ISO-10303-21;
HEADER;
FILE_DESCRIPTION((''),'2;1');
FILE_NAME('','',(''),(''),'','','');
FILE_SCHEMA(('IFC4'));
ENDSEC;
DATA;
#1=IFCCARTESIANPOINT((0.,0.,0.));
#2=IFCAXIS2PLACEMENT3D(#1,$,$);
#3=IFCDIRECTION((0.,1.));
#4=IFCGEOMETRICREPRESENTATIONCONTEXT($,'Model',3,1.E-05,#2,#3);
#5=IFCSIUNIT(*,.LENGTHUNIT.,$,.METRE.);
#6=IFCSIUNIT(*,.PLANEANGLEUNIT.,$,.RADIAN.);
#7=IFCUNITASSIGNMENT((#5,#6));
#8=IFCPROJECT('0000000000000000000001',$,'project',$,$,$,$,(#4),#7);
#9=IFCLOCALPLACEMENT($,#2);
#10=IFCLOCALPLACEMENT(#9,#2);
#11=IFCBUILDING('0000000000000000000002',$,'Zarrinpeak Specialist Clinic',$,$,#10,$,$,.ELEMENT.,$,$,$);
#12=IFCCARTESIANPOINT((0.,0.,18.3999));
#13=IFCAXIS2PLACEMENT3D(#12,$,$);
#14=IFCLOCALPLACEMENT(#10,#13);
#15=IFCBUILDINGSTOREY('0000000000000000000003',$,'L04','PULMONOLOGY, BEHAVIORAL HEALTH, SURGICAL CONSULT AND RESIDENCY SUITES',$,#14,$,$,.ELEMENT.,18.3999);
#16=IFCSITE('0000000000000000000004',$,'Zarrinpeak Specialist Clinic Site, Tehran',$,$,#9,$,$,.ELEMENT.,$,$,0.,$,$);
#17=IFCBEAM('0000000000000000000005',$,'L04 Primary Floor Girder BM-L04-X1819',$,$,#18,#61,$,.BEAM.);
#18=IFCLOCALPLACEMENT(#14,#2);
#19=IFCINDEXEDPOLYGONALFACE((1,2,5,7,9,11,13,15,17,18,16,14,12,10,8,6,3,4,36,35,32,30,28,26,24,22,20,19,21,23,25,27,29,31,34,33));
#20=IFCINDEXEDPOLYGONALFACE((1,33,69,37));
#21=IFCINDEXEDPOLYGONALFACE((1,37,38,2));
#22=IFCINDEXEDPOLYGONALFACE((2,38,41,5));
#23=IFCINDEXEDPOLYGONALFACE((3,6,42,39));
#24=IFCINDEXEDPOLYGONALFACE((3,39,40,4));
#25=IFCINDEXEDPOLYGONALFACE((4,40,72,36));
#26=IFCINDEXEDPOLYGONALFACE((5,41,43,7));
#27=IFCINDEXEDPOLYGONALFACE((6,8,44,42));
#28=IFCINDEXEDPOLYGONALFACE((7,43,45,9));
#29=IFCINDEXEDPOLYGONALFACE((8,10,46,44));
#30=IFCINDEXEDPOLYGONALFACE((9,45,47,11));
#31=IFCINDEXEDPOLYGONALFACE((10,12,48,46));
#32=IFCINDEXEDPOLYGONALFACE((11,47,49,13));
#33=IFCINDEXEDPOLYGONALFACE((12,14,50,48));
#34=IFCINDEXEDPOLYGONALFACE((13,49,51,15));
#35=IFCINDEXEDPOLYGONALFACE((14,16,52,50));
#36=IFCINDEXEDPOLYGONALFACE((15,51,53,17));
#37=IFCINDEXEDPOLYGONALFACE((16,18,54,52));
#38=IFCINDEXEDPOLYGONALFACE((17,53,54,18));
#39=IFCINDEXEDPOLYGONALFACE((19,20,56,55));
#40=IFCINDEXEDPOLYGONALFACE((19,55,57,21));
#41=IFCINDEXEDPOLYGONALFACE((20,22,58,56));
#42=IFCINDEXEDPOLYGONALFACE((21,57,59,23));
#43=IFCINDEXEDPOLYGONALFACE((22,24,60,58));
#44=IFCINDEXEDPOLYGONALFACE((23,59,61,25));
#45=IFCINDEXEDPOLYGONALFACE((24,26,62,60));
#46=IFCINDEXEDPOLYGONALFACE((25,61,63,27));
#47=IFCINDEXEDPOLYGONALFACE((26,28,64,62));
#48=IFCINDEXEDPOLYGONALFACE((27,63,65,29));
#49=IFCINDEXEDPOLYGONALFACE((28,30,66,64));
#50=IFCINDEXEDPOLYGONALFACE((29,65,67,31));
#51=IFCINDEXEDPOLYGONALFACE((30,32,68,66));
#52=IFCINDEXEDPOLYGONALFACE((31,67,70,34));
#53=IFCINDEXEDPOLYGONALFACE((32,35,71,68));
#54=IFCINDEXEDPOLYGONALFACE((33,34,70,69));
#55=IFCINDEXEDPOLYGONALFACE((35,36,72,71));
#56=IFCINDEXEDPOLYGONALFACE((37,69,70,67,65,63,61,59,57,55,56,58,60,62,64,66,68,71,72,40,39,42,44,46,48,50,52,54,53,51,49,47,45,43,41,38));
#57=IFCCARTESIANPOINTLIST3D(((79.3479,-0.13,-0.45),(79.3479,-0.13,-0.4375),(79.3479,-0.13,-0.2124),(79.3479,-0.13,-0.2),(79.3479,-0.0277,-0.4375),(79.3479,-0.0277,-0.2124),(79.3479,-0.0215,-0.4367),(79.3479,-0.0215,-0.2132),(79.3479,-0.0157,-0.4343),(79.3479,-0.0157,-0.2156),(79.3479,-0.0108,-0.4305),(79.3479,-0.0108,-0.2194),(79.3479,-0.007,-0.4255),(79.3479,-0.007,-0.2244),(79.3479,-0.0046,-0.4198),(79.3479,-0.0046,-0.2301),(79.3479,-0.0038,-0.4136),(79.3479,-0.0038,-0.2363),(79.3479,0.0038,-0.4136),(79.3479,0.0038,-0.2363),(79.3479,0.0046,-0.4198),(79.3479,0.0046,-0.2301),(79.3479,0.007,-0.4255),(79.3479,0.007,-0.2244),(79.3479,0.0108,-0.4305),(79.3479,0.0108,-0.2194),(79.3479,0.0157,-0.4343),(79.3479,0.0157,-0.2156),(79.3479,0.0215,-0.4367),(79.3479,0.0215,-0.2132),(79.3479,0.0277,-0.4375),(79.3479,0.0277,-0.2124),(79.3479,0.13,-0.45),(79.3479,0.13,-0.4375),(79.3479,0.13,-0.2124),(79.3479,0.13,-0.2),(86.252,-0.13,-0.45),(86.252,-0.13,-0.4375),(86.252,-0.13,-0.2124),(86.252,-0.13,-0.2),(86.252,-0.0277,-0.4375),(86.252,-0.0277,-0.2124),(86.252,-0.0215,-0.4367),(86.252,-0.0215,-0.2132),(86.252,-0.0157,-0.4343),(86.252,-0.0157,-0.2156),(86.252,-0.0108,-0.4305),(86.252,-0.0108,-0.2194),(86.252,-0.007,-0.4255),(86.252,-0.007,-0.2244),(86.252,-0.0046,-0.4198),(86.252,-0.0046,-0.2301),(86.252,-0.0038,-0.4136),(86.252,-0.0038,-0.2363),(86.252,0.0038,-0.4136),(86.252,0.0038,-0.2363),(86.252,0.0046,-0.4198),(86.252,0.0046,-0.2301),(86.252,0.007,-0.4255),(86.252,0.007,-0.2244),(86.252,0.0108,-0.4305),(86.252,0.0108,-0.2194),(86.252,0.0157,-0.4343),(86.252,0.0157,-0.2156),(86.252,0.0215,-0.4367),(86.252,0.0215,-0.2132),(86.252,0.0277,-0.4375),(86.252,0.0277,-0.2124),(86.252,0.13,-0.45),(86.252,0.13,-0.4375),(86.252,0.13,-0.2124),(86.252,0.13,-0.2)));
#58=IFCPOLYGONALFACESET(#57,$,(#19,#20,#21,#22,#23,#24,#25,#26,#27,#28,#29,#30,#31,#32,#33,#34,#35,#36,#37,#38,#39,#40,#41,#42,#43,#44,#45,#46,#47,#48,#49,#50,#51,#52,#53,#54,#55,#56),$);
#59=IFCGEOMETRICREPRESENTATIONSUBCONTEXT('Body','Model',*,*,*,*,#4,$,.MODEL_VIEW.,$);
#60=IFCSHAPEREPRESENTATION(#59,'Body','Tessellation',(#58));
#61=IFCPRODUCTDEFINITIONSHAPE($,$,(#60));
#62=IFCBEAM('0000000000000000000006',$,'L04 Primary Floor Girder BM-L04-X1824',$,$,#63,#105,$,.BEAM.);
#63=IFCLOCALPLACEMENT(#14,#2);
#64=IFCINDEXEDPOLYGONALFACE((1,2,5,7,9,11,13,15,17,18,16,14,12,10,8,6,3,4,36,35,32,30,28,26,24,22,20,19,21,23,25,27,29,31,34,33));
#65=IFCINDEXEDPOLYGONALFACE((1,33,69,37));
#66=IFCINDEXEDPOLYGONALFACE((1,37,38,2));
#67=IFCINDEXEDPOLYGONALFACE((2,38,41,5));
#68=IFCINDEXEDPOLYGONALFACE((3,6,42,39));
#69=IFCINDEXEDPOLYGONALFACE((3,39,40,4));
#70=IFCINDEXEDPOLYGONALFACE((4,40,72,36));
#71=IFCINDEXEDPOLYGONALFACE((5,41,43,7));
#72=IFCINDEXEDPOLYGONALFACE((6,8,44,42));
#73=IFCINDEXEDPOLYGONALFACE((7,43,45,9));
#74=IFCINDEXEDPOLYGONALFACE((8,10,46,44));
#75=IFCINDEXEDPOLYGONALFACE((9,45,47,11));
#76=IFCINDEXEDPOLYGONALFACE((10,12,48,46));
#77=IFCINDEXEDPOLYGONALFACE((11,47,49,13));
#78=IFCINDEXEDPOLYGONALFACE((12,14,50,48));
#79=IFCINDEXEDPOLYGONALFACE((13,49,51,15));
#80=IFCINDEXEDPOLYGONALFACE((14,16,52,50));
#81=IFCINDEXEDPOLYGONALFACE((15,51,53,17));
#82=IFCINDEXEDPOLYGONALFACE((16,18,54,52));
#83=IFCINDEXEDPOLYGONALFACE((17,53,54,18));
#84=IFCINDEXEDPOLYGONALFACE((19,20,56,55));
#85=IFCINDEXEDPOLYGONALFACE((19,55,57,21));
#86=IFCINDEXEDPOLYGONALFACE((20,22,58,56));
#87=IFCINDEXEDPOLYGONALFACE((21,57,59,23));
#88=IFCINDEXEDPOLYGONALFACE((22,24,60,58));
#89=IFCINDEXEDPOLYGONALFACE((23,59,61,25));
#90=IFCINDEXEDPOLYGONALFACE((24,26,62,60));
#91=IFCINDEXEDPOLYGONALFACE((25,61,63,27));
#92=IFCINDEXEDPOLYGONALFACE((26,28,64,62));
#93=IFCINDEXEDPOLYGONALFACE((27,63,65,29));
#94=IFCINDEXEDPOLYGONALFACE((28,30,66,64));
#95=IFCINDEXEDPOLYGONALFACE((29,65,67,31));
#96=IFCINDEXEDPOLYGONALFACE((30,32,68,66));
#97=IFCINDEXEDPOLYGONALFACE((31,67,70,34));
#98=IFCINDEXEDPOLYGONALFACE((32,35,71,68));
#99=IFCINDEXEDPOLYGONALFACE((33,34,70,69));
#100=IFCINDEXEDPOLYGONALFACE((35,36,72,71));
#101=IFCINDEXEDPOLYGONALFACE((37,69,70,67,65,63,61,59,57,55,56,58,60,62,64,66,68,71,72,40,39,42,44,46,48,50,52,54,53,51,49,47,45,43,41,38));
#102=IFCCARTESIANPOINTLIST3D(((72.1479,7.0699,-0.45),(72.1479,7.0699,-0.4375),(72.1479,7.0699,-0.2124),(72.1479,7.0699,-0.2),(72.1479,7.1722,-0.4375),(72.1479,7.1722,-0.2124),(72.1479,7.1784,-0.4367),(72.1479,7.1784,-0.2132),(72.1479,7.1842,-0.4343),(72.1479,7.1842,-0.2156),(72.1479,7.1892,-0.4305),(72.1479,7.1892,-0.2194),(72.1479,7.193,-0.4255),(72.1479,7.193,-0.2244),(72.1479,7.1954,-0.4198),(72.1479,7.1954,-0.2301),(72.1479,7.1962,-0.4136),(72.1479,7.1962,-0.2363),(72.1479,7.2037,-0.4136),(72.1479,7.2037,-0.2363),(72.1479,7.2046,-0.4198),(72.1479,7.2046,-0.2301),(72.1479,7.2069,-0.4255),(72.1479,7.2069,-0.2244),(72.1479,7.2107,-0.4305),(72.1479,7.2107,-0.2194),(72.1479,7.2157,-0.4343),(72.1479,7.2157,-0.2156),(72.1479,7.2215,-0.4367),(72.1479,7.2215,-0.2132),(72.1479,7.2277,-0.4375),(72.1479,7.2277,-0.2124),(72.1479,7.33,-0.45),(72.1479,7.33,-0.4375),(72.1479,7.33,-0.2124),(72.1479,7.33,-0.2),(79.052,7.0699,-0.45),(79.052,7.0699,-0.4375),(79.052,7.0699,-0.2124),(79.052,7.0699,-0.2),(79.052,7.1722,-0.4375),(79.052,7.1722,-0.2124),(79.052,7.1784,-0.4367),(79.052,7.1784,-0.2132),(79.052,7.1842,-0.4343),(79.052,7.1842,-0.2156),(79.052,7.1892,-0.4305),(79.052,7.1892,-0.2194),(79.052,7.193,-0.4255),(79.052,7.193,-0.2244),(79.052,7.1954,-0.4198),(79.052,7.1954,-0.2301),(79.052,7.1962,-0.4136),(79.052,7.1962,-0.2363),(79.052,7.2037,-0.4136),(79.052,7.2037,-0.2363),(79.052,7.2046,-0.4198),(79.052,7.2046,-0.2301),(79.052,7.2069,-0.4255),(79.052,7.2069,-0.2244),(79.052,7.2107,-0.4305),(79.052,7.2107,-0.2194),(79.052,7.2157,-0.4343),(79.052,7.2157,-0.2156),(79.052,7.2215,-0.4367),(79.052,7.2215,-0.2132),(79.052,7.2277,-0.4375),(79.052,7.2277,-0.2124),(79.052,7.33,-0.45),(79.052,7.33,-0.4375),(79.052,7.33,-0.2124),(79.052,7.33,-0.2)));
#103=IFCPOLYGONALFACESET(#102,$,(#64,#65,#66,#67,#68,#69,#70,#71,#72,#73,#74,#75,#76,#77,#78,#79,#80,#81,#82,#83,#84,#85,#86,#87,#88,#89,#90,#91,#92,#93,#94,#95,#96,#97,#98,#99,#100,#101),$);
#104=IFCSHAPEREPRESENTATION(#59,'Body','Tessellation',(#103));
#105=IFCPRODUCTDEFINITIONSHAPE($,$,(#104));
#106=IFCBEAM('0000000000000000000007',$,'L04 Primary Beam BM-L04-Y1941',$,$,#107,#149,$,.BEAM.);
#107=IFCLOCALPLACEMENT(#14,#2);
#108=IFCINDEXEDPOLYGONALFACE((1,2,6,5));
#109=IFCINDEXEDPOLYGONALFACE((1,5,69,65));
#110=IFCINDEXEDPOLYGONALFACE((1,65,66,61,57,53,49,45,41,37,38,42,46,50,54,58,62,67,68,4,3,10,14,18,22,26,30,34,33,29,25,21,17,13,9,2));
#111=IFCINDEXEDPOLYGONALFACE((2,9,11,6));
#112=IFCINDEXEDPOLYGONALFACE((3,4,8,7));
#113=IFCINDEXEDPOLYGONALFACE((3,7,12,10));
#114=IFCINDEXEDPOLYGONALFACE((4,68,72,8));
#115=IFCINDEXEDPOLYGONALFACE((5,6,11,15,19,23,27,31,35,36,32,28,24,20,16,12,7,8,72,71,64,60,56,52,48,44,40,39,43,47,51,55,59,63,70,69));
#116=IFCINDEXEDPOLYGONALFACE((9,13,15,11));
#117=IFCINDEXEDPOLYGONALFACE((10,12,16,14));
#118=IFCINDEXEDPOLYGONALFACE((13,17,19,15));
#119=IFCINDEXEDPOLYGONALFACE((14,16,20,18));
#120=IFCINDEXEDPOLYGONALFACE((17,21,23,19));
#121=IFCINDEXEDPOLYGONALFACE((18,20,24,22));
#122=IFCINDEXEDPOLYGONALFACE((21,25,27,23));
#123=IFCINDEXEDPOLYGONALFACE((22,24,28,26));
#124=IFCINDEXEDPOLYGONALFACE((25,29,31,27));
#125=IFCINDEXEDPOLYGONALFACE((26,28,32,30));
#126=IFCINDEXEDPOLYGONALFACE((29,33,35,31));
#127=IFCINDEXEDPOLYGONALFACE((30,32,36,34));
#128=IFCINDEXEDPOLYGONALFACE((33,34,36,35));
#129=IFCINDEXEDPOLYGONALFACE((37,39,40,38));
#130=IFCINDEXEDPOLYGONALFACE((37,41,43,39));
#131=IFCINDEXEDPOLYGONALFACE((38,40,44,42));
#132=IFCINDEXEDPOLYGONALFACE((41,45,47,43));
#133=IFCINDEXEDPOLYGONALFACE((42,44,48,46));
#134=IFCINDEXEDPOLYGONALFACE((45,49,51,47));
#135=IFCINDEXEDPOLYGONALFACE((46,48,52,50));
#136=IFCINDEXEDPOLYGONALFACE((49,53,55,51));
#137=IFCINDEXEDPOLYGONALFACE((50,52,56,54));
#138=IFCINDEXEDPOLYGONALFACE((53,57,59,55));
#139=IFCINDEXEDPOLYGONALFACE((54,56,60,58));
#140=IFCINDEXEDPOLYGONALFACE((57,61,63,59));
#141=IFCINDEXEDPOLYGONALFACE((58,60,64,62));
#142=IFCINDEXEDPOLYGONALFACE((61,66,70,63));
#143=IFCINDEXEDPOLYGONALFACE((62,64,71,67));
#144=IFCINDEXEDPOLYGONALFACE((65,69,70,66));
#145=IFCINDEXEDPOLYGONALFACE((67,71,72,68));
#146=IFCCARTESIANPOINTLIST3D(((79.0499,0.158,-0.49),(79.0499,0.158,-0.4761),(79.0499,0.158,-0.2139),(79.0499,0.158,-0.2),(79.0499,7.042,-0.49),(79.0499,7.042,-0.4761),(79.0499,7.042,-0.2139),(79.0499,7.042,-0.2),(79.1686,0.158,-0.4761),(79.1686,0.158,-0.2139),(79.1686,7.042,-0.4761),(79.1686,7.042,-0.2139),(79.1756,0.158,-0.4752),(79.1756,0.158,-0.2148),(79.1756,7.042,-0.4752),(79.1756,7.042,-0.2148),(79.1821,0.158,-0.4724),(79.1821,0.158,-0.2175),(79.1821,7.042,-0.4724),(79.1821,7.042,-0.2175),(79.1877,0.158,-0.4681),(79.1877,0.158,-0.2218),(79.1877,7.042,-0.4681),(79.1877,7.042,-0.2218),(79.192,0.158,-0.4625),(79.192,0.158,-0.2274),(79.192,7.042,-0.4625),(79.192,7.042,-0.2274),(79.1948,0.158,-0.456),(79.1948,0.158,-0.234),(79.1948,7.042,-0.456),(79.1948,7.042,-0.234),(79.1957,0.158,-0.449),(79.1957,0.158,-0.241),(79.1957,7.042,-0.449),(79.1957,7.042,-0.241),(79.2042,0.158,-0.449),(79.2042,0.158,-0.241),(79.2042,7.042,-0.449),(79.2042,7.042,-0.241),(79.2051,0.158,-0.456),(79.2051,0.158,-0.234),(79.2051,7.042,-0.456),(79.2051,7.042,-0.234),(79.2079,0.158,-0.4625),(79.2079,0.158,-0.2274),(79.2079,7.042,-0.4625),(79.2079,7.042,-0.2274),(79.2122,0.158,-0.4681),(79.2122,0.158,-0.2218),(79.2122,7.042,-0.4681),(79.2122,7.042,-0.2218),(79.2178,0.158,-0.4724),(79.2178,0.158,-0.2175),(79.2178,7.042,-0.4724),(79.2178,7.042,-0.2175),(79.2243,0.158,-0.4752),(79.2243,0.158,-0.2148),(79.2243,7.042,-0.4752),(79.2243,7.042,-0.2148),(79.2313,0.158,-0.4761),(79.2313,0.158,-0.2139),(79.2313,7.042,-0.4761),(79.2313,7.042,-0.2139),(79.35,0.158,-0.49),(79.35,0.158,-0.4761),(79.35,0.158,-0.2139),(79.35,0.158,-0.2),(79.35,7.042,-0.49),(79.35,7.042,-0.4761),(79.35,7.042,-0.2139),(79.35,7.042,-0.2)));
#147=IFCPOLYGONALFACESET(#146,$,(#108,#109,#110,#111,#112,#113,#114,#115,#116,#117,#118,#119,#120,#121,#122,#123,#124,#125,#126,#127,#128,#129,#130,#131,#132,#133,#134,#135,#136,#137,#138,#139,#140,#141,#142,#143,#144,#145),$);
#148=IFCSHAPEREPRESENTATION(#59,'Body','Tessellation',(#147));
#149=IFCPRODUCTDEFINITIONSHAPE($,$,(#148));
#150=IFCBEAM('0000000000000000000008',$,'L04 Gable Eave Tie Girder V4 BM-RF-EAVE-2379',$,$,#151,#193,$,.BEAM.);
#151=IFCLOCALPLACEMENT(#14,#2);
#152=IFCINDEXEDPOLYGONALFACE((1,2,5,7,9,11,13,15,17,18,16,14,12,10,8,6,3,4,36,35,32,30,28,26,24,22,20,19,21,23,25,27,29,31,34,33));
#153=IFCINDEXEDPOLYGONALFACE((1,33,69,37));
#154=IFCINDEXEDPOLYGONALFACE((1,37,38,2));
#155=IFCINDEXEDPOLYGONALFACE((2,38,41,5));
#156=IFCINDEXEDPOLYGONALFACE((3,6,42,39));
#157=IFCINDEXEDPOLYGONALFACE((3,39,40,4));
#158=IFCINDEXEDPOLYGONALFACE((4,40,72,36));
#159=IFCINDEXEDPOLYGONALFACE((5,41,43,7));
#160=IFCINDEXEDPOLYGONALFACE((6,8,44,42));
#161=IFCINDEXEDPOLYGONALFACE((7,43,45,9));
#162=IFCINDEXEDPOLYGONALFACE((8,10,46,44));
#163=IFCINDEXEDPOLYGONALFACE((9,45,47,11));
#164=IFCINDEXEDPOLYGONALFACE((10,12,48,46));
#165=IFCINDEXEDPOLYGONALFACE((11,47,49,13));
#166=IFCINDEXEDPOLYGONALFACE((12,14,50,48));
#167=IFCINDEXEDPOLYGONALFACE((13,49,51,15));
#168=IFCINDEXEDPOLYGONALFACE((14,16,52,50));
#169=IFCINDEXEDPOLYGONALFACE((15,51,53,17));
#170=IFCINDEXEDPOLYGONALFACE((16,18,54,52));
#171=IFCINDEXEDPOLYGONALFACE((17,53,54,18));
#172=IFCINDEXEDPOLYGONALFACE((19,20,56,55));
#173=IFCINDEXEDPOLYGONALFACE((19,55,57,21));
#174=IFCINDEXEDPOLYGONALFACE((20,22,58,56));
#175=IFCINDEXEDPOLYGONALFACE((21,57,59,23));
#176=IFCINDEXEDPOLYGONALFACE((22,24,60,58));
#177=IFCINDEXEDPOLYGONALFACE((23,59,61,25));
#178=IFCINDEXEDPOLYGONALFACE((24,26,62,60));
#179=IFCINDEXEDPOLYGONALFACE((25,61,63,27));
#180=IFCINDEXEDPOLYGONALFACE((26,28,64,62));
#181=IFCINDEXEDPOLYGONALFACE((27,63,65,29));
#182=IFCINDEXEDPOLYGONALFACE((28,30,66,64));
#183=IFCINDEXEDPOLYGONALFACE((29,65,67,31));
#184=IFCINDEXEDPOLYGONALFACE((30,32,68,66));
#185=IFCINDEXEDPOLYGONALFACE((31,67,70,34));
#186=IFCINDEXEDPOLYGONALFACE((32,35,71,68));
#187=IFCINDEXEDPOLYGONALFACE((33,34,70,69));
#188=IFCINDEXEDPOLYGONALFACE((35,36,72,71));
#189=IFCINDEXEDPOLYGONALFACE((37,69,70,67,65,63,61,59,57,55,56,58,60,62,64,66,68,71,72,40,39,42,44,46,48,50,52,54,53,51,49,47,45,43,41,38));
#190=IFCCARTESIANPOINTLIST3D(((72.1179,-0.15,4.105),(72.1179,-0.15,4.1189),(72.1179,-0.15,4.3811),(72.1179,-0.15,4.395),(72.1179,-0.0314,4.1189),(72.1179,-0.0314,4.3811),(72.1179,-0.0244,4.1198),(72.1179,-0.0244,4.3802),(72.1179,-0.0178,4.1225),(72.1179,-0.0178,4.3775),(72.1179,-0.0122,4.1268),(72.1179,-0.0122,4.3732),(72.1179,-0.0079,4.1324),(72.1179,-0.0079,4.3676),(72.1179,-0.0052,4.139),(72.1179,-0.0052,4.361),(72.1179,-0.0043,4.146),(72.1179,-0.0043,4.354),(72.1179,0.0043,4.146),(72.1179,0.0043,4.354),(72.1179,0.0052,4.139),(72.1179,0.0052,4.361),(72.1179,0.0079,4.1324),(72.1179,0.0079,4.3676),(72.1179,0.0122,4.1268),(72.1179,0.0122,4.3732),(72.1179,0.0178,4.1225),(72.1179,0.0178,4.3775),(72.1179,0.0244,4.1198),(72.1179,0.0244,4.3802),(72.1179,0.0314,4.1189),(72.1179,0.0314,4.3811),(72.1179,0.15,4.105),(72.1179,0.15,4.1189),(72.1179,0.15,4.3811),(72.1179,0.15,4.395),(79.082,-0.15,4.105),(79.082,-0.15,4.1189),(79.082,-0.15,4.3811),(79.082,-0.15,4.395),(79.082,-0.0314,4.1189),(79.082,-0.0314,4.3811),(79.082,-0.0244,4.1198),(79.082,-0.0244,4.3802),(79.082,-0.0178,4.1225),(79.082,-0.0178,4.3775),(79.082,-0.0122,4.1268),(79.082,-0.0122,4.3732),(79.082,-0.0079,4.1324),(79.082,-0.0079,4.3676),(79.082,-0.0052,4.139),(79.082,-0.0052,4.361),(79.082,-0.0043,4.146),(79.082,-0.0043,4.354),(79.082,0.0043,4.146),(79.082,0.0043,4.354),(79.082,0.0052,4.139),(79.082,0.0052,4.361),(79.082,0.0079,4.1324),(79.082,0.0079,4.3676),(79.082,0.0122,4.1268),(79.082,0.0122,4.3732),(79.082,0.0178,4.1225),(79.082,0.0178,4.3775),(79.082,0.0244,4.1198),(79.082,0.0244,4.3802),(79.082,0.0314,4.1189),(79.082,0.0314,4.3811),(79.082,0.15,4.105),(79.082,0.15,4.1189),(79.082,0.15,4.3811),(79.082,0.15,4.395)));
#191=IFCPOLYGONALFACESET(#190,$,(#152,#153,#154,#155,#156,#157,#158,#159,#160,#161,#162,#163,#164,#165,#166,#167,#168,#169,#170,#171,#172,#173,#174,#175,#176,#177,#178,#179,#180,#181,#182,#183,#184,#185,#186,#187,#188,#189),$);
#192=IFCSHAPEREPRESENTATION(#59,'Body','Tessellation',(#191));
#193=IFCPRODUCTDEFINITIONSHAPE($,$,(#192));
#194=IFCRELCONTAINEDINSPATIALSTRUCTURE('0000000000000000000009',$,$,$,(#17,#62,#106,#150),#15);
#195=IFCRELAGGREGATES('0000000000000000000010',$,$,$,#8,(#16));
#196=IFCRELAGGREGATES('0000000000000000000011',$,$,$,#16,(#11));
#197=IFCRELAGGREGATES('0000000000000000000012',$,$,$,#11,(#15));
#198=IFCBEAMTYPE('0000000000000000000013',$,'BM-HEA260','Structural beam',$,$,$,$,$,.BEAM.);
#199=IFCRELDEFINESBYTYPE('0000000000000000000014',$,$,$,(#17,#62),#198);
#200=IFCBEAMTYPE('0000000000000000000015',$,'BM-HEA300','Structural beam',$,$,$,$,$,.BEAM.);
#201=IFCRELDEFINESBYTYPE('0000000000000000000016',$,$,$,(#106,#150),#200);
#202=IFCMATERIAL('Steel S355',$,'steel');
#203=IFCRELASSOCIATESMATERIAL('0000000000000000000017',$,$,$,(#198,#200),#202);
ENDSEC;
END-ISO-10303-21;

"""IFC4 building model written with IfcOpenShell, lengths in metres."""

from ifc_helpers import new_model, si_unit, direction, frame, origin, origin_2d, place, context, subcontext, project, spatial, i_section, extrude, material, material_profile, profile_set, type_object, element, save


model = new_model("IFC4")

# Units and contexts
model_context = context("Model", 3, precision=1e-05, world=origin(), true_north=direction((0.0, 1.0)))
body_context = subcontext(model_context, "Body", "Model", "MODEL_VIEW")
ifc_project = project(units=[si_unit("LENGTHUNIT", "METRE"), si_unit("PLANEANGLEUNIT", "RADIAN")], contexts=[model_context])

# Site, building, storey
site_placement = place(None, origin())
site = spatial("IfcSite", under=ifc_project, at=site_placement, Name="Zarrinpeak Specialist Clinic Site, Tehran", CompositionType="ELEMENT", RefElevation=0.0)
building_placement = place(site_placement, origin())
building = spatial("IfcBuilding", under=site, at=building_placement, Name="Zarrinpeak Specialist Clinic", CompositionType="ELEMENT")
storey_placement = place(building_placement, frame((0.0, 0.0, 18.3999)))
storey = spatial("IfcBuildingStorey", under=building, at=storey_placement, Name="L04", Description="PULMONOLOGY, BEHAVIORAL HEALTH, SURGICAL CONSULT AND RESIDENCY SUITES", CompositionType="ELEMENT", Elevation=18.3999)

# Shared definitions
ifc_material_1 = material(Name="Steel S355", Category="steel")

# Beams
ifc_material_profile_1 = material_profile(ifc_material_1, i_section(OverallWidth=0.26, OverallDepth=0.25, WebThickness=0.0076, FlangeThickness=0.0125, FilletRadius=0.0239, at=origin_2d()), Name="HEA 260")
ifc_profile_set_1 = profile_set([ifc_material_profile_1], Name="Steel S355")
beam_type_1 = type_object("IfcBeamType", Name="BM-HEA260", Description="Structural beam", PredefinedType="BEAM", material=ifc_profile_set_1)
for number, where, z_axis, x_axis, name in (
    (1, (79.3479, 0.0, -0.325), (1.0, 0.0, 0.0), (0.0, 1.0, 0.0), "L04 Primary Floor Girder BM-L04-X1819"),
    (2, (72.1479, 7.2, -0.325), (1.0, 0.0, 0.0), (0.0, 1.0, 0.0), "L04 Primary Floor Girder BM-L04-X1824"),
):
    element("IfcBeam", number, at=place(storey_placement, frame(where, z_axis=z_axis, x_axis=x_axis)), inside=storey, type_object=beam_type_1, Name=name, PredefinedType="BEAM", context=body_context, shape_type="SweptSolid", body=[
        extrude(i_section(OverallWidth=0.26, OverallDepth=0.25, WebThickness=0.0076, FlangeThickness=0.0125, FilletRadius=0.0239, at=origin_2d()), origin(), (0.0, 0.0, 1.0), 6.9041),
    ])
ifc_material_profile_2 = material_profile(ifc_material_1, i_section(OverallWidth=0.3, OverallDepth=0.29, WebThickness=0.0085, FlangeThickness=0.0139, FilletRadius=0.0271, at=origin_2d()), Name="HEA 300")
ifc_profile_set_2 = profile_set([ifc_material_profile_2], Name="Steel S355")
beam_type_2 = type_object("IfcBeamType", Name="BM-HEA300", Description="Structural beam", PredefinedType="BEAM", material=ifc_profile_set_2)
beam_1_placement = place(storey_placement, frame((79.2, 0.158, -0.345), z_axis=(0.0, 1.0, 0.0), x_axis=(-1.0, 0.0, 0.0)))
element("IfcBeam", 3, at=beam_1_placement, inside=storey, type_object=beam_type_2, Name="L04 Primary Beam BM-L04-Y1941", PredefinedType="BEAM", context=body_context, shape_type="SweptSolid", body=[
    extrude(i_section(OverallWidth=0.3, OverallDepth=0.29, WebThickness=0.0085, FlangeThickness=0.0139, FilletRadius=0.0271, at=origin_2d()), origin(), (0.0, 0.0, 1.0), 6.884),
])
beam_2_placement = place(storey_placement, frame((72.1179, 0.0, 4.25), z_axis=(1.0, 0.0, 0.0), x_axis=(0.0, 1.0, 0.0)))
element("IfcBeam", 4, at=beam_2_placement, inside=storey, type_object=beam_type_2, Name="L04 Gable Eave Tie Girder V4 BM-RF-EAVE-2379", PredefinedType="BEAM", context=body_context, shape_type="SweptSolid", body=[
    extrude(i_section(OverallWidth=0.3, OverallDepth=0.29, WebThickness=0.0085, FlangeThickness=0.0139, FilletRadius=0.0271, at=origin_2d()), origin(), (0.0, 0.0, 1.0), 6.9641),
])

save(model, "model.ifc")
